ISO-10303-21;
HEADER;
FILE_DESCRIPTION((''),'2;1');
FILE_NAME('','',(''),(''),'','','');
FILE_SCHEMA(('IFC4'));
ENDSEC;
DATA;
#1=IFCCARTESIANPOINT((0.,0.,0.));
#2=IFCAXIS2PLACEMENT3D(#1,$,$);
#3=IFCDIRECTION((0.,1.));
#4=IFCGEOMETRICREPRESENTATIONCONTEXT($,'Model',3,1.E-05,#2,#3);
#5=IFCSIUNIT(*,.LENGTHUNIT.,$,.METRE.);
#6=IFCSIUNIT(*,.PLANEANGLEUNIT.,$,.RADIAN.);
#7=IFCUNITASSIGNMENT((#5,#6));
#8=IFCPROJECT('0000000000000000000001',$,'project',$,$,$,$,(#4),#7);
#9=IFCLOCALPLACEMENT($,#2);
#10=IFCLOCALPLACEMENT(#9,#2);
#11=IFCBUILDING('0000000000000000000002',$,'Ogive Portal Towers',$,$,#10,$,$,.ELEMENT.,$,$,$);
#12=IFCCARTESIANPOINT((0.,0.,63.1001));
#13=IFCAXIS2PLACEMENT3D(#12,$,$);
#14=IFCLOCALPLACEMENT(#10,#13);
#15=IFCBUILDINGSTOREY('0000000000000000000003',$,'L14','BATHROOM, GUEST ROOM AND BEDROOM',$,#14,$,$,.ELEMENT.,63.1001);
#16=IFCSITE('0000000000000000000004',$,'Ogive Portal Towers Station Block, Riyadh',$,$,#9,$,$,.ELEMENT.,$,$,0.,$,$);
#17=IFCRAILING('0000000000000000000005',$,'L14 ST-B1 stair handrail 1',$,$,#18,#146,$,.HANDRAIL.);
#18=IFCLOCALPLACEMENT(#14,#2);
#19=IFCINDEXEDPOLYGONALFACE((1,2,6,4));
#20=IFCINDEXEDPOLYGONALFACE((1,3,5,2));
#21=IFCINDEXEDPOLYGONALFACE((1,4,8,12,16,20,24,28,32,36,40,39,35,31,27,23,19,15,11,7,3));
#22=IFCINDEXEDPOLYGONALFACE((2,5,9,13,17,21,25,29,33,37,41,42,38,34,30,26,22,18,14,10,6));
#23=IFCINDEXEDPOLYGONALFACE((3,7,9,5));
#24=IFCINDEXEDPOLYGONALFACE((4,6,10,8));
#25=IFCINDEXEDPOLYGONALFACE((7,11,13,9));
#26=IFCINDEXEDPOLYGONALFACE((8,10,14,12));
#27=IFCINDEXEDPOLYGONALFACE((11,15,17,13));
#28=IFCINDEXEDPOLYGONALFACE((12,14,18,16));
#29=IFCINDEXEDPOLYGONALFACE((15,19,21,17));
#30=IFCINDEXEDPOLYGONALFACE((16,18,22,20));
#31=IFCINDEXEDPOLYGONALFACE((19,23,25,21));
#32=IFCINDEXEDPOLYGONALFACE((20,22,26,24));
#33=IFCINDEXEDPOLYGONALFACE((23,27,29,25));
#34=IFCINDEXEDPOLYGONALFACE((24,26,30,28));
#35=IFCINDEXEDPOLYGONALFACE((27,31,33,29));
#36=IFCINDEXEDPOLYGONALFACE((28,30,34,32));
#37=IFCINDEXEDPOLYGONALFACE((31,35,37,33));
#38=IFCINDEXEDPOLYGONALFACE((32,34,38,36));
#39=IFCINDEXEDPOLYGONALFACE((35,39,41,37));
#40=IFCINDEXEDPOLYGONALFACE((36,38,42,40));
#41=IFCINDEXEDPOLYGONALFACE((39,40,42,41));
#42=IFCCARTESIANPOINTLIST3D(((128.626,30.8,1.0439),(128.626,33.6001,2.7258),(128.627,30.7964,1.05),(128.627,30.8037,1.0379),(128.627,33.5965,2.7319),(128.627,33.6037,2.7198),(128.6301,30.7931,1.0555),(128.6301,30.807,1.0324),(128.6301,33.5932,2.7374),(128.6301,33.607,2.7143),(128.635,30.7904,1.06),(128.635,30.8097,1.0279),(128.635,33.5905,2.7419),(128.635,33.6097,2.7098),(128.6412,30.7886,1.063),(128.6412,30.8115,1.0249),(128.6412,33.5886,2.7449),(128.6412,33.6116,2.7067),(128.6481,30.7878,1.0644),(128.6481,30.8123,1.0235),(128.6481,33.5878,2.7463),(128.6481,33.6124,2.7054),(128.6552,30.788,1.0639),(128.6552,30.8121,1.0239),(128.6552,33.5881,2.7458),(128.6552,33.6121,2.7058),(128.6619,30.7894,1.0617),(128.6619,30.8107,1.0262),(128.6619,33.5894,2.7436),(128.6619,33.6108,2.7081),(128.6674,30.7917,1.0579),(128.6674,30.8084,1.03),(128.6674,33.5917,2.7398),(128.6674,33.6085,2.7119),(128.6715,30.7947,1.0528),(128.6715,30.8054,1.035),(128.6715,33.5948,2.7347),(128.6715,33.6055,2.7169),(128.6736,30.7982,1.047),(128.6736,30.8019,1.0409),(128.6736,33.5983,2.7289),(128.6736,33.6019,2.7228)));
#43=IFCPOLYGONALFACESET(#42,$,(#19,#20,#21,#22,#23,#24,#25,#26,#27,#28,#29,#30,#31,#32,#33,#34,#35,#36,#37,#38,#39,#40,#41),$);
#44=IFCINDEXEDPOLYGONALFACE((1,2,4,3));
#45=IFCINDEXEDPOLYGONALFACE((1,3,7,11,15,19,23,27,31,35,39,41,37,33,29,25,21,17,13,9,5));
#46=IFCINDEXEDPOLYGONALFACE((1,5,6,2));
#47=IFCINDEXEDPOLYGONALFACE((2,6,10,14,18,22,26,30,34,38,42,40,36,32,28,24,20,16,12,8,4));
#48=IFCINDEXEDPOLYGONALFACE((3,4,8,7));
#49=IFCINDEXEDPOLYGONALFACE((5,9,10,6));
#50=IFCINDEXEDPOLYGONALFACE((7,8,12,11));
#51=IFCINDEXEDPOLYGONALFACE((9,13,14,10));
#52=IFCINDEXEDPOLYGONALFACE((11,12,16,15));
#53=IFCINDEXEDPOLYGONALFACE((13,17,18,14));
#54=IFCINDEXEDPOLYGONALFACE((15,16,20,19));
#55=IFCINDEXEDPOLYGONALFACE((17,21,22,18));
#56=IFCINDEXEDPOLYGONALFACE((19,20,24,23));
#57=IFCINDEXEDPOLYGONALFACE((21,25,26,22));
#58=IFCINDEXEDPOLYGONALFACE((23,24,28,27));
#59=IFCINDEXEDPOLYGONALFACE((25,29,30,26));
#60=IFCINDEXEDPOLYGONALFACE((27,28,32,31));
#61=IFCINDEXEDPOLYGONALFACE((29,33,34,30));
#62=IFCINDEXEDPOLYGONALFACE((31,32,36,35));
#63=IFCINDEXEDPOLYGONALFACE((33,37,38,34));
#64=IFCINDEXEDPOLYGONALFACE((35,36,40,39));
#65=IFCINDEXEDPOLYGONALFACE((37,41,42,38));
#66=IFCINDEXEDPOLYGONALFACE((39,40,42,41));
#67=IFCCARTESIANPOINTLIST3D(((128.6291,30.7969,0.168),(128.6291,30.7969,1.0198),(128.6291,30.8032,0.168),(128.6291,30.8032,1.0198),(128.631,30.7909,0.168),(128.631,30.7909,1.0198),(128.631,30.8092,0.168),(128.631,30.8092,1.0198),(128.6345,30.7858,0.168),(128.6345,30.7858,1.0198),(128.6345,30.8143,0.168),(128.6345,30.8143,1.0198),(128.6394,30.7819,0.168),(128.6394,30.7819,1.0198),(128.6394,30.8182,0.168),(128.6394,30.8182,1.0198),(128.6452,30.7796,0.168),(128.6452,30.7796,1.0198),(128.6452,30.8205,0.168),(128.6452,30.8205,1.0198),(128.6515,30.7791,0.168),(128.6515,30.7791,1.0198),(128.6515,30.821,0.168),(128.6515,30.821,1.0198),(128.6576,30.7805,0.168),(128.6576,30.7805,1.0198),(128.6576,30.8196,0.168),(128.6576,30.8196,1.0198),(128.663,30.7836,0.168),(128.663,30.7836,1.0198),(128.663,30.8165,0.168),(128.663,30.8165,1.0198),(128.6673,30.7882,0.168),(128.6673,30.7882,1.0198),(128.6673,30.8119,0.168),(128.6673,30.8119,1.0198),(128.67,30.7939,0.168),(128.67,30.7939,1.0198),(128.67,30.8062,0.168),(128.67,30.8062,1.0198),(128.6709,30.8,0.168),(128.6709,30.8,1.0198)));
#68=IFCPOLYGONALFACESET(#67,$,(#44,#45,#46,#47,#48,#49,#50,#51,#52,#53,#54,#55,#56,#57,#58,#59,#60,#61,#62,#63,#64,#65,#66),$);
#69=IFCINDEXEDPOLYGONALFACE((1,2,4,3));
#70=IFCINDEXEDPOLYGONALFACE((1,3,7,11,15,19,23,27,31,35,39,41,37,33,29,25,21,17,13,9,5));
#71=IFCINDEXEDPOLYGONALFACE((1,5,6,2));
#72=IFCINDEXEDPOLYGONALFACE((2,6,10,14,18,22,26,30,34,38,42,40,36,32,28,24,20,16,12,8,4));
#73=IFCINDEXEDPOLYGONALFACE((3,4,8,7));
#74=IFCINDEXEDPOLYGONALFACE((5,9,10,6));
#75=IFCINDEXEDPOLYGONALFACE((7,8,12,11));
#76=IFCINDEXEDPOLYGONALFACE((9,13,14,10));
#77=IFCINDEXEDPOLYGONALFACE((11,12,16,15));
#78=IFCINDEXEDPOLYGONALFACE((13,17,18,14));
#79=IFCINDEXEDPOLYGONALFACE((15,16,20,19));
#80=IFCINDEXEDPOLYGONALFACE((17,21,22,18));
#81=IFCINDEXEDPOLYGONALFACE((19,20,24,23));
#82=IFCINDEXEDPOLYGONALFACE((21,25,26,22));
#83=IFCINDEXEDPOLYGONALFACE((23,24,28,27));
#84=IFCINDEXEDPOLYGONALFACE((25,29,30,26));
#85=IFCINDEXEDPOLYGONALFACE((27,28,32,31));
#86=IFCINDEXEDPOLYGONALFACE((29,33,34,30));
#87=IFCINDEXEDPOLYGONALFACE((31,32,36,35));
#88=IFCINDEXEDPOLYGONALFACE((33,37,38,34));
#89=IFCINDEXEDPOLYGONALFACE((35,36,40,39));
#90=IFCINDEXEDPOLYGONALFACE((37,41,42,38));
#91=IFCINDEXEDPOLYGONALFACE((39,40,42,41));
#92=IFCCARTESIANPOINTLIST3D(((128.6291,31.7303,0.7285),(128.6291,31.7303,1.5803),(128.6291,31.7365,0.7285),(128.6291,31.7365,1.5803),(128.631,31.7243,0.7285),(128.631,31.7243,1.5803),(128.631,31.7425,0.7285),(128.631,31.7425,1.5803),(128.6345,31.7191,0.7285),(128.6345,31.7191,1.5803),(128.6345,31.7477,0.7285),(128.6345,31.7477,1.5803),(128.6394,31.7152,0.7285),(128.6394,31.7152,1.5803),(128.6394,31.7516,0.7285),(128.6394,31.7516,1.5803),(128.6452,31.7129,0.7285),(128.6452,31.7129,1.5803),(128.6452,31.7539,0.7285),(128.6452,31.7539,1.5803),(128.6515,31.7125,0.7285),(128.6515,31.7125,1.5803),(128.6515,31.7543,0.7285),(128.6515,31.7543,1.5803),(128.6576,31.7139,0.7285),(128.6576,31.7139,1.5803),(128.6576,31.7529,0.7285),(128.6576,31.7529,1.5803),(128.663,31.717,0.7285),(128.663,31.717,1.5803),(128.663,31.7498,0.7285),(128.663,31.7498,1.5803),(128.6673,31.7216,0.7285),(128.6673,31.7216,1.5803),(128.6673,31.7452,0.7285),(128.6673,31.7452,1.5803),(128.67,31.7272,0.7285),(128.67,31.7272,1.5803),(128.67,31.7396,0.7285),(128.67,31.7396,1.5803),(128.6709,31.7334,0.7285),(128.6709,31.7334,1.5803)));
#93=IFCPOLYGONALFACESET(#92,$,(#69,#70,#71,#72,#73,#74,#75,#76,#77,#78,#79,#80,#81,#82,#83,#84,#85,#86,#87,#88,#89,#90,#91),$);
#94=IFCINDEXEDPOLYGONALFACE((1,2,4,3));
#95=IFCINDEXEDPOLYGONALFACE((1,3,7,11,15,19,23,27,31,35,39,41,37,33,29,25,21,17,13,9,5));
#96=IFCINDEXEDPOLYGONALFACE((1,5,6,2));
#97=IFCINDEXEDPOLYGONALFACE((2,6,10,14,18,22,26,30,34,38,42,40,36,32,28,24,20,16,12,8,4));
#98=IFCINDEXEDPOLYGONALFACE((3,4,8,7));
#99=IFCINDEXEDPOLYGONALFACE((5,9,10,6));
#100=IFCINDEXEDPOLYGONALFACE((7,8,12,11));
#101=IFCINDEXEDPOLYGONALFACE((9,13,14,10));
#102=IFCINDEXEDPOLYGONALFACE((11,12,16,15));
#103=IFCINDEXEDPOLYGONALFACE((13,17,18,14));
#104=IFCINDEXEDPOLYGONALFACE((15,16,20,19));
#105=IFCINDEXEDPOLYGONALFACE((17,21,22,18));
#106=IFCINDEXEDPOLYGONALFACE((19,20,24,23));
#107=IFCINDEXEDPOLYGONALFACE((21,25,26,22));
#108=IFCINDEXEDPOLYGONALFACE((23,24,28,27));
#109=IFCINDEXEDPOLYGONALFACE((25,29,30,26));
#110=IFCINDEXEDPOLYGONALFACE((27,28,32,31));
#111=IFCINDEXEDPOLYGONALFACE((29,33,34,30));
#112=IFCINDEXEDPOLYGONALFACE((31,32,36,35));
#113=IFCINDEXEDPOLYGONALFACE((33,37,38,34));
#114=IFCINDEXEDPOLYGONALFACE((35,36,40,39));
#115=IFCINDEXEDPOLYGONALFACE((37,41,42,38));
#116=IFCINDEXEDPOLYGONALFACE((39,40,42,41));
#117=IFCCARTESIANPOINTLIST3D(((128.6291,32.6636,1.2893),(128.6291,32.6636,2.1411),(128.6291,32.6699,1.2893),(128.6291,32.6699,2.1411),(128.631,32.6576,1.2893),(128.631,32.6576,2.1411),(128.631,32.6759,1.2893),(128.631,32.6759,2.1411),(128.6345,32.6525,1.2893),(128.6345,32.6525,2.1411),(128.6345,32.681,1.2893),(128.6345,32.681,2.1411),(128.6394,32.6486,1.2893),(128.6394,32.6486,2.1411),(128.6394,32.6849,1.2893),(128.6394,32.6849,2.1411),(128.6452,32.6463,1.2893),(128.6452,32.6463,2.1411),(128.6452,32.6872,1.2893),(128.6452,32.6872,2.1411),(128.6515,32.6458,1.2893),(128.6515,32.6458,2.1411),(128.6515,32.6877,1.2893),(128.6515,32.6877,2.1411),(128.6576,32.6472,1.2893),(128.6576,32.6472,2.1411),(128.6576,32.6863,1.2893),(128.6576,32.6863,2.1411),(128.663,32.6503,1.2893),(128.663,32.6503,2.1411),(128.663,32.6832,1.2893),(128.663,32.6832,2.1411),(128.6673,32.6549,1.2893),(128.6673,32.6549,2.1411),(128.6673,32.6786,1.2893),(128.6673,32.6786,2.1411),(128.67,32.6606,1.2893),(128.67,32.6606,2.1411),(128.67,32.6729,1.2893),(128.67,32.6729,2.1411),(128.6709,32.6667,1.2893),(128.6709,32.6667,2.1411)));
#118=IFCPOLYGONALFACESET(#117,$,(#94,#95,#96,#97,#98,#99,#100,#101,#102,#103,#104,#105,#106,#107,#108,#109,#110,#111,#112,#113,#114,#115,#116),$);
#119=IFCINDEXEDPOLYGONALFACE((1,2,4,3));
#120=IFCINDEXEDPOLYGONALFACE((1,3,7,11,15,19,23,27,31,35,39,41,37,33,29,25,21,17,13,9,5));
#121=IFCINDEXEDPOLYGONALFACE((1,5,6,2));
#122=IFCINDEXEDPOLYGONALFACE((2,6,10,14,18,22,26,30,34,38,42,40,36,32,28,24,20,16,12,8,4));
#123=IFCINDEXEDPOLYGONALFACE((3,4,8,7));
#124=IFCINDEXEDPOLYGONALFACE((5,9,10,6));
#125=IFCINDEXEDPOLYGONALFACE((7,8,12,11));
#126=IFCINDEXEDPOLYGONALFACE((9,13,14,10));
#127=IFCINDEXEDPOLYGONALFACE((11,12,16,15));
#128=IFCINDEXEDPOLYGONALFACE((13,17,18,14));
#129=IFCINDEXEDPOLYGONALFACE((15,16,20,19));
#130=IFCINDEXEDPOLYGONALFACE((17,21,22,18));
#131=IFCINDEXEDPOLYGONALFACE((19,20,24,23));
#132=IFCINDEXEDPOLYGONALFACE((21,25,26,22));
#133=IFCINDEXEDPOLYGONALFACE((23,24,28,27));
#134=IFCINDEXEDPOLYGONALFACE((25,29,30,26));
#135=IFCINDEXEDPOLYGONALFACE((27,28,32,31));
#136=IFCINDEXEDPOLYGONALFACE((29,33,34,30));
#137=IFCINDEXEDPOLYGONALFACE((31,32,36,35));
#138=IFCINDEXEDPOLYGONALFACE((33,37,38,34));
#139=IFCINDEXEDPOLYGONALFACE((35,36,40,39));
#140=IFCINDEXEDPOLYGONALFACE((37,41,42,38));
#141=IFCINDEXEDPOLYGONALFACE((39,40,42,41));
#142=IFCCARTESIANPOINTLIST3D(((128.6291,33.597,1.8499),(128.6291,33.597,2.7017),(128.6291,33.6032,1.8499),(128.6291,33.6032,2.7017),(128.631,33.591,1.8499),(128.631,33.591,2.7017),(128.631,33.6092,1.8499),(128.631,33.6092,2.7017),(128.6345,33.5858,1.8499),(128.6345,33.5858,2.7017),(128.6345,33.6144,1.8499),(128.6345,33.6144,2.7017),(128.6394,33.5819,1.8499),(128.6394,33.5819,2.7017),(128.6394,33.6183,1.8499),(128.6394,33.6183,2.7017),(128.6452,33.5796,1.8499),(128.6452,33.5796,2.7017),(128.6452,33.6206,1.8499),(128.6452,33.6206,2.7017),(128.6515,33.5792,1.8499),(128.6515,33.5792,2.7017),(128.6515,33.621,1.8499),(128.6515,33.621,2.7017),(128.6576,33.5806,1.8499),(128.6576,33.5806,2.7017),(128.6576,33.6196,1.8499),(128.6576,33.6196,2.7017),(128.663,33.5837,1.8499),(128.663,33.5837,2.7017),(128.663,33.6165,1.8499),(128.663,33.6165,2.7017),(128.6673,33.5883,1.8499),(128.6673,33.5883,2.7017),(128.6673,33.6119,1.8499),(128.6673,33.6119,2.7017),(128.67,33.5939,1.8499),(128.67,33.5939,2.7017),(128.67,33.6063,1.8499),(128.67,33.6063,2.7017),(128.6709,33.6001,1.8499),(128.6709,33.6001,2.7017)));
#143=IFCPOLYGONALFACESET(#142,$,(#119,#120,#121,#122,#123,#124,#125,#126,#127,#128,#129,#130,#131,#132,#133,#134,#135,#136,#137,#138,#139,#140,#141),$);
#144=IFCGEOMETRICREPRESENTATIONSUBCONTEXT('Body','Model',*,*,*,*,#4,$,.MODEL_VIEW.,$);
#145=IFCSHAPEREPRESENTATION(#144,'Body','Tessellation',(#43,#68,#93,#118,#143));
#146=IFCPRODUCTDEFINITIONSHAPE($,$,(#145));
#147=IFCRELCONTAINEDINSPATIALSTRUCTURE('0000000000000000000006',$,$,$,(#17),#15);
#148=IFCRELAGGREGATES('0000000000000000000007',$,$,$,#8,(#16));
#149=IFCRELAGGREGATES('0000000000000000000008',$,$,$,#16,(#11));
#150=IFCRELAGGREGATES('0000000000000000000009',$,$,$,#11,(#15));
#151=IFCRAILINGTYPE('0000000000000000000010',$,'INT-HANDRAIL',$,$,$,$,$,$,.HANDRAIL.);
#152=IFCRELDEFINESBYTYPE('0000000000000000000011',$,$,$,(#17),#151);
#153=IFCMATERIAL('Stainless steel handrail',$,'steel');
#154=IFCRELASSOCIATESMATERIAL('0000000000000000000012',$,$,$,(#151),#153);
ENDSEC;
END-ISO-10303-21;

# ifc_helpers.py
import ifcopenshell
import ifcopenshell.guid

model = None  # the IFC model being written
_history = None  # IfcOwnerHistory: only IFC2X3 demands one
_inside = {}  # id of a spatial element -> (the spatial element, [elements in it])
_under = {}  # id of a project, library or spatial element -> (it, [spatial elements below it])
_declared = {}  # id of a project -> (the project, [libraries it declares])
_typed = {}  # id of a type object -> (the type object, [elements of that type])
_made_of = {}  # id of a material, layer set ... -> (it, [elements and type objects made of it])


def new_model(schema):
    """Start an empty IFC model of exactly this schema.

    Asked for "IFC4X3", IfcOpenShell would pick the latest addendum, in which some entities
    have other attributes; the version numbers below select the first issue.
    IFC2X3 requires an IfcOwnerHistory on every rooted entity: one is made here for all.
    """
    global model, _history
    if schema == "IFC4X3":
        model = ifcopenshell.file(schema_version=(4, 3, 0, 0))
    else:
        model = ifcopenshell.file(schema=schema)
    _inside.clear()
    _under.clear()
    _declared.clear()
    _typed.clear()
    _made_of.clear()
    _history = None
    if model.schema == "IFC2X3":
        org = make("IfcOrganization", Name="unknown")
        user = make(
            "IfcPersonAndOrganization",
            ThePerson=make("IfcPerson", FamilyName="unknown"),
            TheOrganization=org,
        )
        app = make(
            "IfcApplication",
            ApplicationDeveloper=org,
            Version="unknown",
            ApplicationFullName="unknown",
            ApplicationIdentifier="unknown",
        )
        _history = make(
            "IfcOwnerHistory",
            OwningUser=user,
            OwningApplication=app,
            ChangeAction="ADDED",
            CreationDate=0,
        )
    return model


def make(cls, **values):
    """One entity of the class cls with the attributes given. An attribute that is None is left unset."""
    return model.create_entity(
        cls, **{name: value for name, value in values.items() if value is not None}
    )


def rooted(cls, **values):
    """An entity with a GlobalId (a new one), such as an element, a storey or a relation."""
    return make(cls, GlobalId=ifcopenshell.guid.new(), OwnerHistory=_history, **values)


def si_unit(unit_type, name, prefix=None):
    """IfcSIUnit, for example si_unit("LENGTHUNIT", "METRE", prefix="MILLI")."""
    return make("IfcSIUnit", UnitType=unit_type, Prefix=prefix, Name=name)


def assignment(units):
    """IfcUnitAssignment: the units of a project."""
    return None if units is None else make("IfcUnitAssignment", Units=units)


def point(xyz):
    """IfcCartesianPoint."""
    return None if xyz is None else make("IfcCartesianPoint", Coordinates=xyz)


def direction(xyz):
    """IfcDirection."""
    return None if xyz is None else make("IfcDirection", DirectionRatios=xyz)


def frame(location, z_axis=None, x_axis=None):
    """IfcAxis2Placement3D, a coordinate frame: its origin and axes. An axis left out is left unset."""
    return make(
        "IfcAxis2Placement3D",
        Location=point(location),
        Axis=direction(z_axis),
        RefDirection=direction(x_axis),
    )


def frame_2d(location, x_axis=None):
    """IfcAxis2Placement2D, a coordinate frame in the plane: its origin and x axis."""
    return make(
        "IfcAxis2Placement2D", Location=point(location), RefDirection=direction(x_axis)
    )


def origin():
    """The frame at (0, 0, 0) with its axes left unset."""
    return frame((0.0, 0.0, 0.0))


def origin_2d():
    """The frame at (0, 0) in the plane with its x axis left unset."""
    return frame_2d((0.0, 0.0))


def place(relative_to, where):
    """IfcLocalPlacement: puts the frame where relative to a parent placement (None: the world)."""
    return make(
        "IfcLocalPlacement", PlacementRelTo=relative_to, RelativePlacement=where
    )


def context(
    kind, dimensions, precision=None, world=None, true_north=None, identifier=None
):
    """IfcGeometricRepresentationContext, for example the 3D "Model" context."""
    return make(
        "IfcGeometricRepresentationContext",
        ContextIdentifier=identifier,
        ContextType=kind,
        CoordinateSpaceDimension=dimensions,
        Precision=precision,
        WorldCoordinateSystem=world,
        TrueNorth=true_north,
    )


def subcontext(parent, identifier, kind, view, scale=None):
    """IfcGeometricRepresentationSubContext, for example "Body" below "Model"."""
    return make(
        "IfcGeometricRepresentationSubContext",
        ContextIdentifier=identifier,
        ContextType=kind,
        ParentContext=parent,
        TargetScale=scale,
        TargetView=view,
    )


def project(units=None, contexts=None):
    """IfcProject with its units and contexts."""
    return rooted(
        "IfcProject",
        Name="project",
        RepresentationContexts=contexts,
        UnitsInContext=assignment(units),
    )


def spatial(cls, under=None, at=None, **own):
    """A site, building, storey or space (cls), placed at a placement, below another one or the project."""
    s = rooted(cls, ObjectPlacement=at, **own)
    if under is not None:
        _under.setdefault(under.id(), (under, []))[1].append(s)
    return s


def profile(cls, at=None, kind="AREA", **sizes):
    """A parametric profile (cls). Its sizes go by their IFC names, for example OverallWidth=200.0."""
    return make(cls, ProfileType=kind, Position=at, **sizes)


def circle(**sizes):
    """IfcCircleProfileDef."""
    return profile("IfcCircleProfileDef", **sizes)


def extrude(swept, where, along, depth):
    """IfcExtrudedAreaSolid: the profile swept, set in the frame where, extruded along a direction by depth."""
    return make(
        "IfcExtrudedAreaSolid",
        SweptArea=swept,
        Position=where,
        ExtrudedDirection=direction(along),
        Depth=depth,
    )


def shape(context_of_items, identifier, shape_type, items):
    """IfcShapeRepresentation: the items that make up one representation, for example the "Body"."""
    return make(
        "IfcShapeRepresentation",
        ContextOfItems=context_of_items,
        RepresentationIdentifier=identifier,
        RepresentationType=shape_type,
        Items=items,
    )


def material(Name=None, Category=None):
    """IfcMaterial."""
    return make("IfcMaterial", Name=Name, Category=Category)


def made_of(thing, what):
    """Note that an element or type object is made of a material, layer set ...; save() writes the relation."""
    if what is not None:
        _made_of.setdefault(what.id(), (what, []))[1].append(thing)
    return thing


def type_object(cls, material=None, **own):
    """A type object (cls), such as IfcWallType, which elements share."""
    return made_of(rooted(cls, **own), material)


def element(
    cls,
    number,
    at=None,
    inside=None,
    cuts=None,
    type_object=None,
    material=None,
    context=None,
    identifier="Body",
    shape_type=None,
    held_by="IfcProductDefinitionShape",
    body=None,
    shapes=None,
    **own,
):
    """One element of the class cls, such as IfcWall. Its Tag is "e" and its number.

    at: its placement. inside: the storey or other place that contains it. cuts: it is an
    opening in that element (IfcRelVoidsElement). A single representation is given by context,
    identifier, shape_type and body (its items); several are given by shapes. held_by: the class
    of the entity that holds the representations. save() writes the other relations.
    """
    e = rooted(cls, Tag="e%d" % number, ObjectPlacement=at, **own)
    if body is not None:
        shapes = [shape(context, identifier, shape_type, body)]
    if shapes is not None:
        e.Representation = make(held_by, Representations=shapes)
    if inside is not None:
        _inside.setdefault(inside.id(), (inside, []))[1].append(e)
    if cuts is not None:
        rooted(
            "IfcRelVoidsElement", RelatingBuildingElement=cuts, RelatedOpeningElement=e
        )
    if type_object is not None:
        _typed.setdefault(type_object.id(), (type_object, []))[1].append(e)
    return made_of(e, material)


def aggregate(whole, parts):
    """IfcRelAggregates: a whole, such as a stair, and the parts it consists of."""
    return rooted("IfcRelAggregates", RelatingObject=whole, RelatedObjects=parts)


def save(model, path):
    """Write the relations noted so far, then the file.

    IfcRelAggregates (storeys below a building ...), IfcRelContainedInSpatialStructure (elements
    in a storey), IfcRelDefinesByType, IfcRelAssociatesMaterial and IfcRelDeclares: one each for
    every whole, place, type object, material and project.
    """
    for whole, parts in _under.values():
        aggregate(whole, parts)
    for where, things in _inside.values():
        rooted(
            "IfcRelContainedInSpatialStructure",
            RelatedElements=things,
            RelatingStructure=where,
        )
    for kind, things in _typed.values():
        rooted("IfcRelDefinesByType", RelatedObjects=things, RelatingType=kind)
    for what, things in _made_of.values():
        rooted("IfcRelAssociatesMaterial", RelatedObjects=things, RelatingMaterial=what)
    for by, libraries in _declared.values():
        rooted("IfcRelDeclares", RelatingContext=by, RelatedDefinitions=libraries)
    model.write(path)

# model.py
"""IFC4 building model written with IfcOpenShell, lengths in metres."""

from ifc_helpers import new_model, si_unit, direction, frame, origin, origin_2d, place, context, subcontext, project, spatial, circle, extrude, material, type_object, element, save


model = new_model("IFC4")

# Units and contexts
model_context = context("Model", 3, precision=1e-05, world=origin(), true_north=direction((0.0, 1.0)))
body_context = subcontext(model_context, "Body", "Model", "MODEL_VIEW")
ifc_project = project(units=[si_unit("LENGTHUNIT", "METRE"), si_unit("PLANEANGLEUNIT", "RADIAN")], contexts=[model_context])

# Site, building, storey
site_placement = place(None, origin())
site = spatial("IfcSite", under=ifc_project, at=site_placement, Name="Ogive Portal Towers Station Block, Riyadh", CompositionType="ELEMENT", RefElevation=0.0)
building_placement = place(site_placement, origin())
building = spatial("IfcBuilding", under=site, at=building_placement, Name="Ogive Portal Towers", CompositionType="ELEMENT")
storey_placement = place(building_placement, frame((0.0, 0.0, 63.1001)))
storey = spatial("IfcBuildingStorey", under=building, at=storey_placement, Name="L14", Description="BATHROOM, GUEST ROOM AND BEDROOM", CompositionType="ELEMENT", Elevation=63.1001)

# Railing
ifc_material_1 = material(Name="Stainless steel handrail", Category="steel")
railing_type_1 = type_object("IfcRailingType", Name="INT-HANDRAIL", PredefinedType="HANDRAIL", material=ifc_material_1)
railing_1_placement = place(storey_placement, frame((128.6499, 30.8, 0.168)))
element("IfcRailing", 1, at=railing_1_placement, inside=storey, type_object=railing_type_1, Name="L14 ST-B1 stair handrail 1", PredefinedType="HANDRAIL", context=body_context, shape_type="SweptSolid", body=[
    extrude(circle(Radius=0.0239, at=origin_2d()), frame((0.0, 0.0, 0.876), z_axis=(0.0, 0.857242, 0.514913), x_axis=(-1.0, 0.0, 0.0)), (0.0, 0.0, 1.0), 3.2664),
    extrude(circle(Radius=0.021, at=origin_2d()), origin(), (0.0, 0.0, 1.0), 0.8518),
    extrude(circle(Radius=0.021, at=origin_2d()), frame((0.0, 0.9333, 0.5605)), (0.0, 0.0, 1.0), 0.8518),
    extrude(circle(Radius=0.021, at=origin_2d()), frame((0.0, 1.8667, 1.1213)), (0.0, 0.0, 1.0), 0.8518),
    extrude(circle(Radius=0.021, at=origin_2d()), frame((0.0, 2.8, 1.6819)), (0.0, 0.0, 1.0), 0.8518),
])

save(model, "model.ifc")
